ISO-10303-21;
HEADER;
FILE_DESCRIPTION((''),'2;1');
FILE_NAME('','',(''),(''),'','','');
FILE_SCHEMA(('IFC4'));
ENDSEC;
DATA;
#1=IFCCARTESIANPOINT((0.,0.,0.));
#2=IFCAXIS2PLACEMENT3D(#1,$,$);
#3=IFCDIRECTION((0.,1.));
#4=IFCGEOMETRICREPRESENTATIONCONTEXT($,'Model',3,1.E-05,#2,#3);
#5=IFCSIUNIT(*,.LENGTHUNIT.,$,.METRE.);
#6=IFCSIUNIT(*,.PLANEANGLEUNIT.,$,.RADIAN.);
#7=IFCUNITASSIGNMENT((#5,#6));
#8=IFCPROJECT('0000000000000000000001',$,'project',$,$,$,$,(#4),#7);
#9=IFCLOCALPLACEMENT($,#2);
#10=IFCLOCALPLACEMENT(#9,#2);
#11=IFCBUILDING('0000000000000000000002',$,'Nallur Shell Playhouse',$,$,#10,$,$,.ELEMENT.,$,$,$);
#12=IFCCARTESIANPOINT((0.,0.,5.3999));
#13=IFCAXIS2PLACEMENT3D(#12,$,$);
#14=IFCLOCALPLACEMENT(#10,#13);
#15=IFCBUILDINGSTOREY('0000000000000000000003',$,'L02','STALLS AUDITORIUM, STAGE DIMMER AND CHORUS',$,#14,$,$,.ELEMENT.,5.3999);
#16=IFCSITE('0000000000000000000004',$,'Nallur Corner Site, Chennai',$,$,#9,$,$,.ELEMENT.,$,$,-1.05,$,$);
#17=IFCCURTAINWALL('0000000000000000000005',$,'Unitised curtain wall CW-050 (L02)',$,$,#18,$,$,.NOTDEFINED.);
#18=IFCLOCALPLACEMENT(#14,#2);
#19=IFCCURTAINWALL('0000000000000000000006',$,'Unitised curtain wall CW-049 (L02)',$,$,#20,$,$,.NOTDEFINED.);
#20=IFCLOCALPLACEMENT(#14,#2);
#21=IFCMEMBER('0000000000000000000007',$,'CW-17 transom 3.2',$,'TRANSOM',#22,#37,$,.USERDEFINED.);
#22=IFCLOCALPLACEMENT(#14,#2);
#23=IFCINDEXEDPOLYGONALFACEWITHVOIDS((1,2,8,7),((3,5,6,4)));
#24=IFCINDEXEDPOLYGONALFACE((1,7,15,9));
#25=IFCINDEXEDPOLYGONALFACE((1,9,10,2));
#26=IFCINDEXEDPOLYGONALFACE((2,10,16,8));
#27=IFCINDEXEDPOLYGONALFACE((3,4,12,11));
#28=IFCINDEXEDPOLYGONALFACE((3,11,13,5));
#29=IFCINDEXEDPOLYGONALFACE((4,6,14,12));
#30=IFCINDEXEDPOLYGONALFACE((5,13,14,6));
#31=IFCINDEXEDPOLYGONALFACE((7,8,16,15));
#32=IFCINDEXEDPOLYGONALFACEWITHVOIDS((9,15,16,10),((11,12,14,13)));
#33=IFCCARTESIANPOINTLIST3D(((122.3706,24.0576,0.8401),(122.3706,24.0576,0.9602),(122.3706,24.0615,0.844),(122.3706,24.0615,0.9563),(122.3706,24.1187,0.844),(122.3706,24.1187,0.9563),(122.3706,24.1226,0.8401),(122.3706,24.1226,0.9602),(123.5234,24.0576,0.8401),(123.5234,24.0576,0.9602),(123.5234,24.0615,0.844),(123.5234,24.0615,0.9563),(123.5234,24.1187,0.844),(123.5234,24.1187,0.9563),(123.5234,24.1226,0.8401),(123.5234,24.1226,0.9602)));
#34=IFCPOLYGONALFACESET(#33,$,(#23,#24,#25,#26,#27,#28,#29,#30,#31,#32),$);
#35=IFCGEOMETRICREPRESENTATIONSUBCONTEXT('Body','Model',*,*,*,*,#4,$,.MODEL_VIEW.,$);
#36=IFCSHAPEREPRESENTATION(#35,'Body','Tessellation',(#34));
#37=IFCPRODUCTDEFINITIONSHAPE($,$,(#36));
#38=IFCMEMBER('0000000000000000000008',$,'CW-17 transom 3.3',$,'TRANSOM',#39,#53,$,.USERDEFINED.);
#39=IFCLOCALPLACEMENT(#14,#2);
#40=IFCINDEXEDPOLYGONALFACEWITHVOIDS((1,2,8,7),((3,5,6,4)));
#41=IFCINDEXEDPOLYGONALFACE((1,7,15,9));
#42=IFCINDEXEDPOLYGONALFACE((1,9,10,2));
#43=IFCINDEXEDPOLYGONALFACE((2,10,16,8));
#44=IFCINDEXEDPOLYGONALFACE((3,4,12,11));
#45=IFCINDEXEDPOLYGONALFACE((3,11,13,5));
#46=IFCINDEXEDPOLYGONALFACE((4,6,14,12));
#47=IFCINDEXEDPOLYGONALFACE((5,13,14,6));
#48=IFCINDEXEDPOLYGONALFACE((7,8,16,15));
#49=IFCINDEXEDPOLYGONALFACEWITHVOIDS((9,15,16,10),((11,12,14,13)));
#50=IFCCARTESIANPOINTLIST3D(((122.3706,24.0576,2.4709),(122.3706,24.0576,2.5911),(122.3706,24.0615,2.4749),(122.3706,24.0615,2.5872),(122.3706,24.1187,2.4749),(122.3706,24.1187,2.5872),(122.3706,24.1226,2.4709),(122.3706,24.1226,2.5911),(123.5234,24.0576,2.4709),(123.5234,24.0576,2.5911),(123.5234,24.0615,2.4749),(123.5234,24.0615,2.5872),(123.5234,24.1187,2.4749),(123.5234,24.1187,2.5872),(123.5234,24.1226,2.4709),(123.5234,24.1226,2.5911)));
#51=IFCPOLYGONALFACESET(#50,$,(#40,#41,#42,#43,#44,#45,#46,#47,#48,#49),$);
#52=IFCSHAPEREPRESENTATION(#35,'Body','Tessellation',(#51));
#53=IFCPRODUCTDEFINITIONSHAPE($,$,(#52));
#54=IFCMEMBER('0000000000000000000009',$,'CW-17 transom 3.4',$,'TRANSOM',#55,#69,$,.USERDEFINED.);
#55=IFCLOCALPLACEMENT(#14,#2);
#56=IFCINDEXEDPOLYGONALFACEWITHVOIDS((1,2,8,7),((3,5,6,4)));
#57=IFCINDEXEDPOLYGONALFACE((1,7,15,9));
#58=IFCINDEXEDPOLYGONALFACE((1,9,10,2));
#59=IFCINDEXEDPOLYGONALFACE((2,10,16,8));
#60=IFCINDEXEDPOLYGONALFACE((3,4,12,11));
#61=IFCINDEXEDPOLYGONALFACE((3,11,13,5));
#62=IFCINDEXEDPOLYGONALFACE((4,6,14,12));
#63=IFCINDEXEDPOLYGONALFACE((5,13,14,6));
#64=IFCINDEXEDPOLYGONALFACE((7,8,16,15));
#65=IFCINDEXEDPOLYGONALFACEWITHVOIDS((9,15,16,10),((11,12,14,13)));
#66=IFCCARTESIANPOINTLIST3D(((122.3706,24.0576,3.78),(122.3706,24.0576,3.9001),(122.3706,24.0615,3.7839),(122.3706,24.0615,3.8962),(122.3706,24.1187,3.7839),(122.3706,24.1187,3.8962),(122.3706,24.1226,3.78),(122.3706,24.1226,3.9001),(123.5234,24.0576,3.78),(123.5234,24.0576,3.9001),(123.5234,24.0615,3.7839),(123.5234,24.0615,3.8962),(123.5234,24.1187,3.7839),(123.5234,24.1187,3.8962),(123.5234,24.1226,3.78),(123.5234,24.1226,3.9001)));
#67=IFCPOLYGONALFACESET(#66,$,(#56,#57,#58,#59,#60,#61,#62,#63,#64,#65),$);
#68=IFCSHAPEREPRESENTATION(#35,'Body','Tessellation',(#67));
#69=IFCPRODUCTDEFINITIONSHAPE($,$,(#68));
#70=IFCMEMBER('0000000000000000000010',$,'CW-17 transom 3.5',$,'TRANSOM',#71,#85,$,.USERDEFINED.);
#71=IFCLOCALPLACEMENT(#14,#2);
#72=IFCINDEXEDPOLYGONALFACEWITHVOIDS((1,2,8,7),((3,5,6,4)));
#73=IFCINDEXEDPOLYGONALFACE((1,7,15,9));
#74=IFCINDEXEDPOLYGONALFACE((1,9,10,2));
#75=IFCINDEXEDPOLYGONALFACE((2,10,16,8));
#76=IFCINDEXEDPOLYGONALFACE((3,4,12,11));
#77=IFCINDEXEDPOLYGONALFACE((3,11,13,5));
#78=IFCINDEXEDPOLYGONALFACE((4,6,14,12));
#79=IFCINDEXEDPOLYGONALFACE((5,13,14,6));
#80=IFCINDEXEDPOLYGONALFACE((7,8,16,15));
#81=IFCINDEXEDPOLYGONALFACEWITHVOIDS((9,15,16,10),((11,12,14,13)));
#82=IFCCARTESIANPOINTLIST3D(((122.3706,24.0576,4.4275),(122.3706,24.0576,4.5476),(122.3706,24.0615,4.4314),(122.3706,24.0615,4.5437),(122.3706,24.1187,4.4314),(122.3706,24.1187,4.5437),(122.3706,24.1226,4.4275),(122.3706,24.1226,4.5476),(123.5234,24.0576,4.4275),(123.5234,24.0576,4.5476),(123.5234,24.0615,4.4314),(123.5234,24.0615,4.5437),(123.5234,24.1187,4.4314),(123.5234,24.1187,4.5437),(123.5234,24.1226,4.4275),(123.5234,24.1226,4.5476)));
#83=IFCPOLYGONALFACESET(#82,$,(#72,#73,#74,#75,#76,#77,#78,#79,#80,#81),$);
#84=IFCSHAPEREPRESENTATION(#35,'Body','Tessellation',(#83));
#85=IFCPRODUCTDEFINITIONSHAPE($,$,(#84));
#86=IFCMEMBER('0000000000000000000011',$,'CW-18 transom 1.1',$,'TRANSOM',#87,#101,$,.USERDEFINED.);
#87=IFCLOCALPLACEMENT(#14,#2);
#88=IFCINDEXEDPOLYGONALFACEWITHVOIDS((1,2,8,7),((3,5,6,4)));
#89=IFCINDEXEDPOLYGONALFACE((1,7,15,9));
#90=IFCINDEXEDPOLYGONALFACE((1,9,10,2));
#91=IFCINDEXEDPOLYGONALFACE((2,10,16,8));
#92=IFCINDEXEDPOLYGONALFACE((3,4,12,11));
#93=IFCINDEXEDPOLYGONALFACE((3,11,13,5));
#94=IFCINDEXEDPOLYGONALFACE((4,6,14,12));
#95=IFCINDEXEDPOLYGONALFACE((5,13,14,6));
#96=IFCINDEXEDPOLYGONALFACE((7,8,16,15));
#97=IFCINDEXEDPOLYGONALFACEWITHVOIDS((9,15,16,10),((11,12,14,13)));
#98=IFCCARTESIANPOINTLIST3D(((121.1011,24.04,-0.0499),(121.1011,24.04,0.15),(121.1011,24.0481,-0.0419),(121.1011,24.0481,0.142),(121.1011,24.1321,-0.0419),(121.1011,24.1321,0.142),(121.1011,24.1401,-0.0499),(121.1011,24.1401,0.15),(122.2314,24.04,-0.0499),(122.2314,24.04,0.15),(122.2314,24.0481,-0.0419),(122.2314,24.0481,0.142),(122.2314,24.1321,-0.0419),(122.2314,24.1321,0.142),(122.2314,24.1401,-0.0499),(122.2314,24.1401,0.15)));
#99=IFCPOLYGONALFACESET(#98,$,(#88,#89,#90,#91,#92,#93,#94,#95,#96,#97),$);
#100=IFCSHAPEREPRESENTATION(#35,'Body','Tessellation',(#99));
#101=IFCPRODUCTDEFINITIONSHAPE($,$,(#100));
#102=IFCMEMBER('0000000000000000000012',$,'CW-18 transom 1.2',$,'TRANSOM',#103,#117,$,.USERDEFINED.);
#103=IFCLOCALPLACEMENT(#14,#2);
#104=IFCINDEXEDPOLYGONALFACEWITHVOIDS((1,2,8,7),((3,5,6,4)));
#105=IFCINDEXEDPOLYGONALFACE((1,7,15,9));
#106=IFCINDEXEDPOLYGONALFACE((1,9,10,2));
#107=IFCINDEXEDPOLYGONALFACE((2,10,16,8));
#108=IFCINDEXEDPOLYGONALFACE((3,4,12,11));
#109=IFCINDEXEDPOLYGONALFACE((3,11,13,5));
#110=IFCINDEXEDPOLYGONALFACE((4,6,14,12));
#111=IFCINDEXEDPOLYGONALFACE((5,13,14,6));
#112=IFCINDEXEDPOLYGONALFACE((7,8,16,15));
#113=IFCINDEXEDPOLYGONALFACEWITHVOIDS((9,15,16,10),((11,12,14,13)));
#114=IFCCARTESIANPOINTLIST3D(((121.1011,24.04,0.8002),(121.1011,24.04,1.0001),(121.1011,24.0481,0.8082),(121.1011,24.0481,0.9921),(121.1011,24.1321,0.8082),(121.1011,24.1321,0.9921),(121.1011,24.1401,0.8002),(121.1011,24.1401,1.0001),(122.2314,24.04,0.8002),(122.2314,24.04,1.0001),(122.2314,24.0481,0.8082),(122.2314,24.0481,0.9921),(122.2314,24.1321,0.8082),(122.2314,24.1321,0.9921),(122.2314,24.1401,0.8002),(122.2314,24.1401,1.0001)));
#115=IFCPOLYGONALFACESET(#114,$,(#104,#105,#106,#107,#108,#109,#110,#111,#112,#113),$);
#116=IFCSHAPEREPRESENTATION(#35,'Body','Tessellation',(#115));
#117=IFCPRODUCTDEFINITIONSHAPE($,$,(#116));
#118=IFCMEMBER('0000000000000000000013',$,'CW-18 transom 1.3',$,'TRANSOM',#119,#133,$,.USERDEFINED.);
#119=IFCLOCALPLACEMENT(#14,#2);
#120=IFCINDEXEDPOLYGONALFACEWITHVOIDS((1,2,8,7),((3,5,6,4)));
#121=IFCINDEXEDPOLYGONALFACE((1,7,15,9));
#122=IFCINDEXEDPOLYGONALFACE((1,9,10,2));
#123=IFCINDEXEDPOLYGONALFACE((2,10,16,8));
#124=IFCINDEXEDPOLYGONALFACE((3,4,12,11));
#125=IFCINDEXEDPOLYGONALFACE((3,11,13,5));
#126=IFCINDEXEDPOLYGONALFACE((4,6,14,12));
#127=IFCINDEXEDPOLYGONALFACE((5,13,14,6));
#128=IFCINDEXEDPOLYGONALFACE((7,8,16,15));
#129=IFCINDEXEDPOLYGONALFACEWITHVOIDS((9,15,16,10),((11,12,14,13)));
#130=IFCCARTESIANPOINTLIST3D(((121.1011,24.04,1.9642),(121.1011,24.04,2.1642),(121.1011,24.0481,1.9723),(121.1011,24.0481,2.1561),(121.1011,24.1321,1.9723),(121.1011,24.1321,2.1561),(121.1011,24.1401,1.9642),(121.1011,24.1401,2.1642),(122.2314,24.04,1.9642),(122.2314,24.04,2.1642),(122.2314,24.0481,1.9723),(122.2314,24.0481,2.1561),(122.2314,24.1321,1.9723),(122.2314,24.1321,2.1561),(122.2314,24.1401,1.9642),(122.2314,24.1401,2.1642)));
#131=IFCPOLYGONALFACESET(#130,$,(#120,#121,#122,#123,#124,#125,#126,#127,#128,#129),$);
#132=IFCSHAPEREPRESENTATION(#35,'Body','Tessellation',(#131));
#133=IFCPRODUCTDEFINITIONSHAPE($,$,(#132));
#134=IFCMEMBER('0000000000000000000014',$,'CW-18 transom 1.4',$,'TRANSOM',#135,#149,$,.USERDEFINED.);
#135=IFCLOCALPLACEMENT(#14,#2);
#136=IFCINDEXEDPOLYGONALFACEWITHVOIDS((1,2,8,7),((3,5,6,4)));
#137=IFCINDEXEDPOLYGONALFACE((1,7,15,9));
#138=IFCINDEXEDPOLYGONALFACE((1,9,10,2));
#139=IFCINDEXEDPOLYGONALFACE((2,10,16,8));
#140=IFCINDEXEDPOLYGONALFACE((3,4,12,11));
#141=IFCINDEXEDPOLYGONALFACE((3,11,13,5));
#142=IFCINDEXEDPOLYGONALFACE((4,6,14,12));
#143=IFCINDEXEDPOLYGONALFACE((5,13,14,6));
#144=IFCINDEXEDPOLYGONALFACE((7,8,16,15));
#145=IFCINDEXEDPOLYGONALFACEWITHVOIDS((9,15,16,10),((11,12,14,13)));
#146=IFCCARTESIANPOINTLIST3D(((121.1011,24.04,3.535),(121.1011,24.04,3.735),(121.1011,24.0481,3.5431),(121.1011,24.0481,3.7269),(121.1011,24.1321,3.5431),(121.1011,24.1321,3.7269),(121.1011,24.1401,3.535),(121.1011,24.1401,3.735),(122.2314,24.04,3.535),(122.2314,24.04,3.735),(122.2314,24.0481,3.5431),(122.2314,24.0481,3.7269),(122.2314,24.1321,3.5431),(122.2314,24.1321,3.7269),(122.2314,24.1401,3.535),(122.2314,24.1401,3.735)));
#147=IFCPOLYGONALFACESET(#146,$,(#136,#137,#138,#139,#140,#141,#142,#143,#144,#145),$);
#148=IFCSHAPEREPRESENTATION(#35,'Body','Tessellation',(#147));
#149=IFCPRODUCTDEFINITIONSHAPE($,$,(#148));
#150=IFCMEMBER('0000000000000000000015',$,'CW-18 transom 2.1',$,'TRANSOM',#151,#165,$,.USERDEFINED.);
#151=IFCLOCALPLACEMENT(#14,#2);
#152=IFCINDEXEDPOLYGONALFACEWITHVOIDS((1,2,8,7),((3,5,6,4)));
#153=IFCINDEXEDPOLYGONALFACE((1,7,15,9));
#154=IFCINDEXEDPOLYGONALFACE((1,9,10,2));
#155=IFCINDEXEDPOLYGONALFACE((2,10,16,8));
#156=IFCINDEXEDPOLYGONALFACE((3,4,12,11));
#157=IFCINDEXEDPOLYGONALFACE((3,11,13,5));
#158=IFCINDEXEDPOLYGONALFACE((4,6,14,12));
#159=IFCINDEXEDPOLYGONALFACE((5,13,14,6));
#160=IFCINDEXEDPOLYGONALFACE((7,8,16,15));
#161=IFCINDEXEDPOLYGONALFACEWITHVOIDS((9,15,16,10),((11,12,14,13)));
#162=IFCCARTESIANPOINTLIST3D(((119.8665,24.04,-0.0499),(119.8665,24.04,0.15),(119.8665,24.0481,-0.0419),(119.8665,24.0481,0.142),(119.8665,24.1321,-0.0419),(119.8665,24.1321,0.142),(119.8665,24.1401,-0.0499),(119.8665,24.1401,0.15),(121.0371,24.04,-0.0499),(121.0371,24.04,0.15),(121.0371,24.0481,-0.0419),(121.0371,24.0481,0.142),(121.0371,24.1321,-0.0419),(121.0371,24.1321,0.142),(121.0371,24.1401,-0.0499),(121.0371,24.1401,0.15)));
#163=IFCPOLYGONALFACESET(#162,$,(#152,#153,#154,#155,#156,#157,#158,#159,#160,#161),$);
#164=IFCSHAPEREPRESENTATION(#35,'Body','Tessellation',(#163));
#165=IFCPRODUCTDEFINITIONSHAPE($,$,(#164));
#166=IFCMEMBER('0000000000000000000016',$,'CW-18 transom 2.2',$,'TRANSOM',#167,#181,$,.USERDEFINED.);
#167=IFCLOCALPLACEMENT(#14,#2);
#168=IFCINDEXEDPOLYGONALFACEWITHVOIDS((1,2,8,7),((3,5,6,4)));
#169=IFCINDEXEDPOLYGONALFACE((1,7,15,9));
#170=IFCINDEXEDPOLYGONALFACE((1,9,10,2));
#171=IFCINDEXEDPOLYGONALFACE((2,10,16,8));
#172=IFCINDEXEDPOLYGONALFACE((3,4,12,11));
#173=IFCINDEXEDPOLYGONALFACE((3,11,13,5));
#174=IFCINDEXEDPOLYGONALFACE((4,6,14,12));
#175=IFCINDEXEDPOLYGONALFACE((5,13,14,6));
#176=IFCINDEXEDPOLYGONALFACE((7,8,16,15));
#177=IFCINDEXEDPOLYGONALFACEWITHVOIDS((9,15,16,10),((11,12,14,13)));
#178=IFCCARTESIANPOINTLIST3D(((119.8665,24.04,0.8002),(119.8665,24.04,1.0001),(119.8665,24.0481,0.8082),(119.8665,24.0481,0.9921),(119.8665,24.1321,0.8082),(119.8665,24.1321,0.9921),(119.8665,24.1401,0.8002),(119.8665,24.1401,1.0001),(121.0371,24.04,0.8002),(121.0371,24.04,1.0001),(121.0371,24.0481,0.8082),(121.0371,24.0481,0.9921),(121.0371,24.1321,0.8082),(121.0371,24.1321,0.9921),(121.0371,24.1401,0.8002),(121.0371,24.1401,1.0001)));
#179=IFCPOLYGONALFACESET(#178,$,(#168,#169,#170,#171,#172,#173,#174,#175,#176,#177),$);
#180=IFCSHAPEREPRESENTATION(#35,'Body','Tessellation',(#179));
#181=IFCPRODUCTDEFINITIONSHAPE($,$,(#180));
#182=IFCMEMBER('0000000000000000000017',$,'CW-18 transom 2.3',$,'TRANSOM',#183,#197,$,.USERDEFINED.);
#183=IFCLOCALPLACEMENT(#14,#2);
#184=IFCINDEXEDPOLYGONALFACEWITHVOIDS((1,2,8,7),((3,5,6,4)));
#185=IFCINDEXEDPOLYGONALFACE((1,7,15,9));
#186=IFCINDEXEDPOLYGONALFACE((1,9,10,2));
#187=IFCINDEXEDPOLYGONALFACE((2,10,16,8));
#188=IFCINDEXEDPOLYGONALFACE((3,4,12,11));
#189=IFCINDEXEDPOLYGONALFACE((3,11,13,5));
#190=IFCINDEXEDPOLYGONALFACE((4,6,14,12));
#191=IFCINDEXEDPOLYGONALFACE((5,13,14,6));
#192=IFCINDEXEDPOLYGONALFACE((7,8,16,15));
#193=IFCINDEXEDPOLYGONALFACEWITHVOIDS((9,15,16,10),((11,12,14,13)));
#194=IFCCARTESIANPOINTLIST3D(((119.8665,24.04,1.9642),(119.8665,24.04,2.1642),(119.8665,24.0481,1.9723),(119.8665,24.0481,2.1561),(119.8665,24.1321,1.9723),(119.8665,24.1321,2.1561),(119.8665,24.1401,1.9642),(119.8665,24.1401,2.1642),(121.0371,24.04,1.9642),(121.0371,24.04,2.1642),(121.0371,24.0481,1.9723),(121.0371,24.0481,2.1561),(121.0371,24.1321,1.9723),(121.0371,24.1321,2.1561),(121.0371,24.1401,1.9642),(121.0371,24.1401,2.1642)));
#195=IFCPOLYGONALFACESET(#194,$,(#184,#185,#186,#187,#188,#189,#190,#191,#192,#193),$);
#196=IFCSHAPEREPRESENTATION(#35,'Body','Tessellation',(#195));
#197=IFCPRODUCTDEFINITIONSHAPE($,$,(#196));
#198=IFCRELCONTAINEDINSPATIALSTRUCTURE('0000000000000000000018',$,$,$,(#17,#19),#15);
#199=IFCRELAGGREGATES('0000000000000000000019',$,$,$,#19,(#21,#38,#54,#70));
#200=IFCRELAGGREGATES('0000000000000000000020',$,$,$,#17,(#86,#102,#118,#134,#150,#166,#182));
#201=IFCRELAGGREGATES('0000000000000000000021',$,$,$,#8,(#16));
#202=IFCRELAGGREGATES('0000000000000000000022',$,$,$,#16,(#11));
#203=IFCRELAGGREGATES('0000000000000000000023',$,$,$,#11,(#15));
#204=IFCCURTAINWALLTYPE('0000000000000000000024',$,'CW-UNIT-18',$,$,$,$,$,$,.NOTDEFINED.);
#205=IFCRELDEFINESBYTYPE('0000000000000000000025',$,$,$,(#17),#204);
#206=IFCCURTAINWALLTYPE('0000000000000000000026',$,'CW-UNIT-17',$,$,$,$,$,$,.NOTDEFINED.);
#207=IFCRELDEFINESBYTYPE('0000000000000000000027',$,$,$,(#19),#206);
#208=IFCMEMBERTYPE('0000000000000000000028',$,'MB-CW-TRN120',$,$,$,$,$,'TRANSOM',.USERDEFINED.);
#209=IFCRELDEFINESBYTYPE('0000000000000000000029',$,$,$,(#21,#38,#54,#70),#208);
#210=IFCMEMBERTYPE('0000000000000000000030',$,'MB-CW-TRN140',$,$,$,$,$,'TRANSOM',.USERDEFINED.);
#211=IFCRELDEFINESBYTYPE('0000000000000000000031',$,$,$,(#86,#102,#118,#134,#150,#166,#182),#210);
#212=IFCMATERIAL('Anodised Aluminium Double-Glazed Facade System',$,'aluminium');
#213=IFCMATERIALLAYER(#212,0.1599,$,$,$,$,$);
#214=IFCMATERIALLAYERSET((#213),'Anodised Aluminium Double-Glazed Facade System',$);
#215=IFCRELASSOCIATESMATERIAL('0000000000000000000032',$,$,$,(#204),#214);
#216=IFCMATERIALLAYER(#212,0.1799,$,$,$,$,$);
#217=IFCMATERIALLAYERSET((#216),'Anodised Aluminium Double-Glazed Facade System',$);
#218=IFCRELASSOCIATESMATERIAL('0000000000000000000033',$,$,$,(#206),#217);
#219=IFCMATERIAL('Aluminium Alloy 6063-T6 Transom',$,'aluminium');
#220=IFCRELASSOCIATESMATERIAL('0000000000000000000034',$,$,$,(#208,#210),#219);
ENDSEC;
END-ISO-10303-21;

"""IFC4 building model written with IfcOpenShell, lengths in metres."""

from ifc_helpers import new_model, si_unit, direction, frame, origin, origin_2d, place, context, subcontext, project, spatial, hollow_rectangle, extrude, material, layer, layer_set, material_profile, profile_set, type_object, element, aggregate, save


model = new_model("IFC4")

# Units and contexts
model_context = context("Model", 3, precision=1e-05, world=origin(), true_north=direction((0.0, 1.0)))
body_context = subcontext(model_context, "Body", "Model", "MODEL_VIEW")
ifc_project = project(units=[si_unit("LENGTHUNIT", "METRE"), si_unit("PLANEANGLEUNIT", "RADIAN")], contexts=[model_context])

# Site, building, storey
site_placement = place(None, origin())
site = spatial("IfcSite", under=ifc_project, at=site_placement, Name="Nallur Corner Site, Chennai", CompositionType="ELEMENT", RefElevation=-1.05)
building_placement = place(site_placement, origin())
building = spatial("IfcBuilding", under=site, at=building_placement, Name="Nallur Shell Playhouse", CompositionType="ELEMENT")
storey_placement = place(building_placement, frame((0.0, 0.0, 5.3999)))
storey = spatial("IfcBuildingStorey", under=building, at=storey_placement, Name="L02", Description="STALLS AUDITORIUM, STAGE DIMMER AND CHORUS", CompositionType="ELEMENT", Elevation=5.3999)

# Curtain walls, members
ifc_material_1 = material(Name="Anodised Aluminium Double-Glazed Facade System", Category="aluminium")
ifc_layer_1 = layer(ifc_material_1, 0.1599)
ifc_layer_set_1 = layer_set([ifc_layer_1], Name="Anodised Aluminium Double-Glazed Facade System")
curtain_wall_type_1 = type_object("IfcCurtainWallType", Name="CW-UNIT-18", PredefinedType="NOTDEFINED", material=ifc_layer_set_1)
curtain_wall_1_placement = place(storey_placement, origin())
curtain_wall_1 = element("IfcCurtainWall", 1, at=curtain_wall_1_placement, inside=storey, type_object=curtain_wall_type_1, Name="Unitised curtain wall CW-050 (L02)", PredefinedType="NOTDEFINED")
ifc_layer_2 = layer(ifc_material_1, 0.1799)
ifc_layer_set_2 = layer_set([ifc_layer_2], Name="Anodised Aluminium Double-Glazed Facade System")
curtain_wall_type_2 = type_object("IfcCurtainWallType", Name="CW-UNIT-17", PredefinedType="NOTDEFINED", material=ifc_layer_set_2)
curtain_wall_2_placement = place(storey_placement, origin())
curtain_wall_2 = element("IfcCurtainWall", 2, at=curtain_wall_2_placement, inside=storey, type_object=curtain_wall_type_2, Name="Unitised curtain wall CW-049 (L02)", PredefinedType="NOTDEFINED")
ifc_material_2 = material(Name="Aluminium Alloy 6063-T6 Transom", Category="aluminium")
ifc_material_profile_1 = material_profile(ifc_material_2, hollow_rectangle(XDim=0.0649, YDim=0.1201, WallThickness=0.0039, at=origin_2d()), Name="ALU 65x120x4")
ifc_profile_set_1 = profile_set([ifc_material_profile_1], Name="Aluminium Alloy 6063-T6 Transom")
member_type_1 = type_object("IfcMemberType", Name="MB-CW-TRN120", ElementType="TRANSOM", PredefinedType="USERDEFINED", material=ifc_profile_set_1)
member_1_placement = place(storey_placement, frame((123.5234, 24.0901, 0.9001), z_axis=(-1.0, 0.0, 0.0), x_axis=(0.0, -1.0, 0.0)))
member_1 = element("IfcMember", 3, at=member_1_placement, type_object=member_type_1, Name="CW-17 transom 3.2", ObjectType="TRANSOM", PredefinedType="USERDEFINED", context=body_context, shape_type="SweptSolid", body=[
    extrude(hollow_rectangle(XDim=0.0649, YDim=0.1201, WallThickness=0.0039, at=origin_2d()), origin(), (0.0, 0.0, 1.0), 1.1528),
])
member_2_placement = place(storey_placement, frame((123.5234, 24.0901, 2.531), z_axis=(-1.0, 0.0, 0.0), x_axis=(0.0, -1.0, 0.0)))
member_2 = element("IfcMember", 4, at=member_2_placement, type_object=member_type_1, Name="CW-17 transom 3.3", ObjectType="TRANSOM", PredefinedType="USERDEFINED", context=body_context, shape_type="SweptSolid", body=[
    extrude(hollow_rectangle(XDim=0.0649, YDim=0.1201, WallThickness=0.0039, at=origin_2d()), origin(), (0.0, 0.0, 1.0), 1.1528),
])
member_3_placement = place(storey_placement, frame((123.5234, 24.0901, 3.8401), z_axis=(-1.0, 0.0, 0.0), x_axis=(0.0, -1.0, 0.0)))
member_3 = element("IfcMember", 5, at=member_3_placement, type_object=member_type_1, Name="CW-17 transom 3.4", ObjectType="TRANSOM", PredefinedType="USERDEFINED", context=body_context, shape_type="SweptSolid", body=[
    extrude(hollow_rectangle(XDim=0.0649, YDim=0.1201, WallThickness=0.0039, at=origin_2d()), origin(), (0.0, 0.0, 1.0), 1.1528),
])
member_4_placement = place(storey_placement, frame((123.5234, 24.0901, 4.4875), z_axis=(-1.0, 0.0, 0.0), x_axis=(0.0, -1.0, 0.0)))
member_4 = element("IfcMember", 6, at=member_4_placement, type_object=member_type_1, Name="CW-17 transom 3.5", ObjectType="TRANSOM", PredefinedType="USERDEFINED", context=body_context, shape_type="SweptSolid", body=[
    extrude(hollow_rectangle(XDim=0.0649, YDim=0.1201, WallThickness=0.0039, at=origin_2d()), origin(), (0.0, 0.0, 1.0), 1.1528),
])

# Members
ifc_material_profile_2 = material_profile(ifc_material_2, hollow_rectangle(XDim=0.1001, YDim=0.2, WallThickness=0.0081, at=origin_2d()), Name="RHS 200x100x8")
ifc_profile_set_2 = profile_set([ifc_material_profile_2], Name="Aluminium Alloy 6063-T6 Transom")
member_type_2 = type_object("IfcMemberType", Name="MB-CW-TRN140", ElementType="TRANSOM", PredefinedType="USERDEFINED", material=ifc_profile_set_2)
member_5_placement = place(storey_placement, frame((122.2314, 24.0901, 0.05), z_axis=(-1.0, 0.0, 0.0), x_axis=(0.0, -1.0, 0.0)))
member_5 = element("IfcMember", 7, at=member_5_placement, type_object=member_type_2, Name="CW-18 transom 1.1", ObjectType="TRANSOM", PredefinedType="USERDEFINED", context=body_context, shape_type="SweptSolid", body=[
    extrude(hollow_rectangle(XDim=0.1001, YDim=0.2, WallThickness=0.0081, at=origin_2d()), origin(), (0.0, 0.0, 1.0), 1.1304),
])
member_6_placement = place(storey_placement, frame((122.2314, 24.0901, 0.9001), z_axis=(-1.0, 0.0, 0.0), x_axis=(0.0, -1.0, 0.0)))
member_6 = element("IfcMember", 8, at=member_6_placement, type_object=member_type_2, Name="CW-18 transom 1.2", ObjectType="TRANSOM", PredefinedType="USERDEFINED", context=body_context, shape_type="SweptSolid", body=[
    extrude(hollow_rectangle(XDim=0.1001, YDim=0.2, WallThickness=0.0081, at=origin_2d()), origin(), (0.0, 0.0, 1.0), 1.1304),
])
member_7_placement = place(storey_placement, frame((122.2314, 24.0901, 2.0642), z_axis=(-1.0, 0.0, 0.0), x_axis=(0.0, -1.0, 0.0)))
member_7 = element("IfcMember", 9, at=member_7_placement, type_object=member_type_2, Name="CW-18 transom 1.3", ObjectType="TRANSOM", PredefinedType="USERDEFINED", context=body_context, shape_type="SweptSolid", body=[
    extrude(hollow_rectangle(XDim=0.1001, YDim=0.2, WallThickness=0.0081, at=origin_2d()), origin(), (0.0, 0.0, 1.0), 1.1304),
])
member_8_placement = place(storey_placement, frame((122.2314, 24.0901, 3.635), z_axis=(-1.0, 0.0, 0.0), x_axis=(0.0, -1.0, 0.0)))
member_8 = element("IfcMember", 10, at=member_8_placement, type_object=member_type_2, Name="CW-18 transom 1.4", ObjectType="TRANSOM", PredefinedType="USERDEFINED", context=body_context, shape_type="SweptSolid", body=[
    extrude(hollow_rectangle(XDim=0.1001, YDim=0.2, WallThickness=0.0081, at=origin_2d()), origin(), (0.0, 0.0, 1.0), 1.1304),
])
member_9_placement = place(storey_placement, frame((121.0371, 24.0901, 0.05), z_axis=(-1.0, 0.0, 0.0), x_axis=(0.0, -1.0, 0.0)))
member_9 = element("IfcMember", 11, at=member_9_placement, type_object=member_type_2, Name="CW-18 transom 2.1", ObjectType="TRANSOM", PredefinedType="USERDEFINED", context=body_context, shape_type="SweptSolid", body=[
    extrude(hollow_rectangle(XDim=0.1001, YDim=0.2, WallThickness=0.0081, at=origin_2d()), origin(), (0.0, 0.0, 1.0), 1.1707),
])
member_10_placement = place(storey_placement, frame((121.0371, 24.0901, 0.9001), z_axis=(-1.0, 0.0, 0.0), x_axis=(0.0, -1.0, 0.0)))
member_10 = element("IfcMember", 12, at=member_10_placement, type_object=member_type_2, Name="CW-18 transom 2.2", ObjectType="TRANSOM", PredefinedType="USERDEFINED", context=body_context, shape_type="SweptSolid", body=[
    extrude(hollow_rectangle(XDim=0.1001, YDim=0.2, WallThickness=0.0081, at=origin_2d()), origin(), (0.0, 0.0, 1.0), 1.1707),
])
member_11_placement = place(storey_placement, frame((121.0371, 24.0901, 2.0642), z_axis=(-1.0, 0.0, 0.0), x_axis=(0.0, -1.0, 0.0)))
member_11 = element("IfcMember", 13, at=member_11_placement, type_object=member_type_2, Name="CW-18 transom 2.3", ObjectType="TRANSOM", PredefinedType="USERDEFINED", context=body_context, shape_type="SweptSolid", body=[
    extrude(hollow_rectangle(XDim=0.1001, YDim=0.2, WallThickness=0.0081, at=origin_2d()), origin(), (0.0, 0.0, 1.0), 1.1707),
])

aggregate(curtain_wall_2, [member_1, member_2, member_3, member_4])
aggregate(curtain_wall_1, [member_5, member_6, member_7, member_8, member_9, member_10, member_11])

save(model, "model.ifc")
